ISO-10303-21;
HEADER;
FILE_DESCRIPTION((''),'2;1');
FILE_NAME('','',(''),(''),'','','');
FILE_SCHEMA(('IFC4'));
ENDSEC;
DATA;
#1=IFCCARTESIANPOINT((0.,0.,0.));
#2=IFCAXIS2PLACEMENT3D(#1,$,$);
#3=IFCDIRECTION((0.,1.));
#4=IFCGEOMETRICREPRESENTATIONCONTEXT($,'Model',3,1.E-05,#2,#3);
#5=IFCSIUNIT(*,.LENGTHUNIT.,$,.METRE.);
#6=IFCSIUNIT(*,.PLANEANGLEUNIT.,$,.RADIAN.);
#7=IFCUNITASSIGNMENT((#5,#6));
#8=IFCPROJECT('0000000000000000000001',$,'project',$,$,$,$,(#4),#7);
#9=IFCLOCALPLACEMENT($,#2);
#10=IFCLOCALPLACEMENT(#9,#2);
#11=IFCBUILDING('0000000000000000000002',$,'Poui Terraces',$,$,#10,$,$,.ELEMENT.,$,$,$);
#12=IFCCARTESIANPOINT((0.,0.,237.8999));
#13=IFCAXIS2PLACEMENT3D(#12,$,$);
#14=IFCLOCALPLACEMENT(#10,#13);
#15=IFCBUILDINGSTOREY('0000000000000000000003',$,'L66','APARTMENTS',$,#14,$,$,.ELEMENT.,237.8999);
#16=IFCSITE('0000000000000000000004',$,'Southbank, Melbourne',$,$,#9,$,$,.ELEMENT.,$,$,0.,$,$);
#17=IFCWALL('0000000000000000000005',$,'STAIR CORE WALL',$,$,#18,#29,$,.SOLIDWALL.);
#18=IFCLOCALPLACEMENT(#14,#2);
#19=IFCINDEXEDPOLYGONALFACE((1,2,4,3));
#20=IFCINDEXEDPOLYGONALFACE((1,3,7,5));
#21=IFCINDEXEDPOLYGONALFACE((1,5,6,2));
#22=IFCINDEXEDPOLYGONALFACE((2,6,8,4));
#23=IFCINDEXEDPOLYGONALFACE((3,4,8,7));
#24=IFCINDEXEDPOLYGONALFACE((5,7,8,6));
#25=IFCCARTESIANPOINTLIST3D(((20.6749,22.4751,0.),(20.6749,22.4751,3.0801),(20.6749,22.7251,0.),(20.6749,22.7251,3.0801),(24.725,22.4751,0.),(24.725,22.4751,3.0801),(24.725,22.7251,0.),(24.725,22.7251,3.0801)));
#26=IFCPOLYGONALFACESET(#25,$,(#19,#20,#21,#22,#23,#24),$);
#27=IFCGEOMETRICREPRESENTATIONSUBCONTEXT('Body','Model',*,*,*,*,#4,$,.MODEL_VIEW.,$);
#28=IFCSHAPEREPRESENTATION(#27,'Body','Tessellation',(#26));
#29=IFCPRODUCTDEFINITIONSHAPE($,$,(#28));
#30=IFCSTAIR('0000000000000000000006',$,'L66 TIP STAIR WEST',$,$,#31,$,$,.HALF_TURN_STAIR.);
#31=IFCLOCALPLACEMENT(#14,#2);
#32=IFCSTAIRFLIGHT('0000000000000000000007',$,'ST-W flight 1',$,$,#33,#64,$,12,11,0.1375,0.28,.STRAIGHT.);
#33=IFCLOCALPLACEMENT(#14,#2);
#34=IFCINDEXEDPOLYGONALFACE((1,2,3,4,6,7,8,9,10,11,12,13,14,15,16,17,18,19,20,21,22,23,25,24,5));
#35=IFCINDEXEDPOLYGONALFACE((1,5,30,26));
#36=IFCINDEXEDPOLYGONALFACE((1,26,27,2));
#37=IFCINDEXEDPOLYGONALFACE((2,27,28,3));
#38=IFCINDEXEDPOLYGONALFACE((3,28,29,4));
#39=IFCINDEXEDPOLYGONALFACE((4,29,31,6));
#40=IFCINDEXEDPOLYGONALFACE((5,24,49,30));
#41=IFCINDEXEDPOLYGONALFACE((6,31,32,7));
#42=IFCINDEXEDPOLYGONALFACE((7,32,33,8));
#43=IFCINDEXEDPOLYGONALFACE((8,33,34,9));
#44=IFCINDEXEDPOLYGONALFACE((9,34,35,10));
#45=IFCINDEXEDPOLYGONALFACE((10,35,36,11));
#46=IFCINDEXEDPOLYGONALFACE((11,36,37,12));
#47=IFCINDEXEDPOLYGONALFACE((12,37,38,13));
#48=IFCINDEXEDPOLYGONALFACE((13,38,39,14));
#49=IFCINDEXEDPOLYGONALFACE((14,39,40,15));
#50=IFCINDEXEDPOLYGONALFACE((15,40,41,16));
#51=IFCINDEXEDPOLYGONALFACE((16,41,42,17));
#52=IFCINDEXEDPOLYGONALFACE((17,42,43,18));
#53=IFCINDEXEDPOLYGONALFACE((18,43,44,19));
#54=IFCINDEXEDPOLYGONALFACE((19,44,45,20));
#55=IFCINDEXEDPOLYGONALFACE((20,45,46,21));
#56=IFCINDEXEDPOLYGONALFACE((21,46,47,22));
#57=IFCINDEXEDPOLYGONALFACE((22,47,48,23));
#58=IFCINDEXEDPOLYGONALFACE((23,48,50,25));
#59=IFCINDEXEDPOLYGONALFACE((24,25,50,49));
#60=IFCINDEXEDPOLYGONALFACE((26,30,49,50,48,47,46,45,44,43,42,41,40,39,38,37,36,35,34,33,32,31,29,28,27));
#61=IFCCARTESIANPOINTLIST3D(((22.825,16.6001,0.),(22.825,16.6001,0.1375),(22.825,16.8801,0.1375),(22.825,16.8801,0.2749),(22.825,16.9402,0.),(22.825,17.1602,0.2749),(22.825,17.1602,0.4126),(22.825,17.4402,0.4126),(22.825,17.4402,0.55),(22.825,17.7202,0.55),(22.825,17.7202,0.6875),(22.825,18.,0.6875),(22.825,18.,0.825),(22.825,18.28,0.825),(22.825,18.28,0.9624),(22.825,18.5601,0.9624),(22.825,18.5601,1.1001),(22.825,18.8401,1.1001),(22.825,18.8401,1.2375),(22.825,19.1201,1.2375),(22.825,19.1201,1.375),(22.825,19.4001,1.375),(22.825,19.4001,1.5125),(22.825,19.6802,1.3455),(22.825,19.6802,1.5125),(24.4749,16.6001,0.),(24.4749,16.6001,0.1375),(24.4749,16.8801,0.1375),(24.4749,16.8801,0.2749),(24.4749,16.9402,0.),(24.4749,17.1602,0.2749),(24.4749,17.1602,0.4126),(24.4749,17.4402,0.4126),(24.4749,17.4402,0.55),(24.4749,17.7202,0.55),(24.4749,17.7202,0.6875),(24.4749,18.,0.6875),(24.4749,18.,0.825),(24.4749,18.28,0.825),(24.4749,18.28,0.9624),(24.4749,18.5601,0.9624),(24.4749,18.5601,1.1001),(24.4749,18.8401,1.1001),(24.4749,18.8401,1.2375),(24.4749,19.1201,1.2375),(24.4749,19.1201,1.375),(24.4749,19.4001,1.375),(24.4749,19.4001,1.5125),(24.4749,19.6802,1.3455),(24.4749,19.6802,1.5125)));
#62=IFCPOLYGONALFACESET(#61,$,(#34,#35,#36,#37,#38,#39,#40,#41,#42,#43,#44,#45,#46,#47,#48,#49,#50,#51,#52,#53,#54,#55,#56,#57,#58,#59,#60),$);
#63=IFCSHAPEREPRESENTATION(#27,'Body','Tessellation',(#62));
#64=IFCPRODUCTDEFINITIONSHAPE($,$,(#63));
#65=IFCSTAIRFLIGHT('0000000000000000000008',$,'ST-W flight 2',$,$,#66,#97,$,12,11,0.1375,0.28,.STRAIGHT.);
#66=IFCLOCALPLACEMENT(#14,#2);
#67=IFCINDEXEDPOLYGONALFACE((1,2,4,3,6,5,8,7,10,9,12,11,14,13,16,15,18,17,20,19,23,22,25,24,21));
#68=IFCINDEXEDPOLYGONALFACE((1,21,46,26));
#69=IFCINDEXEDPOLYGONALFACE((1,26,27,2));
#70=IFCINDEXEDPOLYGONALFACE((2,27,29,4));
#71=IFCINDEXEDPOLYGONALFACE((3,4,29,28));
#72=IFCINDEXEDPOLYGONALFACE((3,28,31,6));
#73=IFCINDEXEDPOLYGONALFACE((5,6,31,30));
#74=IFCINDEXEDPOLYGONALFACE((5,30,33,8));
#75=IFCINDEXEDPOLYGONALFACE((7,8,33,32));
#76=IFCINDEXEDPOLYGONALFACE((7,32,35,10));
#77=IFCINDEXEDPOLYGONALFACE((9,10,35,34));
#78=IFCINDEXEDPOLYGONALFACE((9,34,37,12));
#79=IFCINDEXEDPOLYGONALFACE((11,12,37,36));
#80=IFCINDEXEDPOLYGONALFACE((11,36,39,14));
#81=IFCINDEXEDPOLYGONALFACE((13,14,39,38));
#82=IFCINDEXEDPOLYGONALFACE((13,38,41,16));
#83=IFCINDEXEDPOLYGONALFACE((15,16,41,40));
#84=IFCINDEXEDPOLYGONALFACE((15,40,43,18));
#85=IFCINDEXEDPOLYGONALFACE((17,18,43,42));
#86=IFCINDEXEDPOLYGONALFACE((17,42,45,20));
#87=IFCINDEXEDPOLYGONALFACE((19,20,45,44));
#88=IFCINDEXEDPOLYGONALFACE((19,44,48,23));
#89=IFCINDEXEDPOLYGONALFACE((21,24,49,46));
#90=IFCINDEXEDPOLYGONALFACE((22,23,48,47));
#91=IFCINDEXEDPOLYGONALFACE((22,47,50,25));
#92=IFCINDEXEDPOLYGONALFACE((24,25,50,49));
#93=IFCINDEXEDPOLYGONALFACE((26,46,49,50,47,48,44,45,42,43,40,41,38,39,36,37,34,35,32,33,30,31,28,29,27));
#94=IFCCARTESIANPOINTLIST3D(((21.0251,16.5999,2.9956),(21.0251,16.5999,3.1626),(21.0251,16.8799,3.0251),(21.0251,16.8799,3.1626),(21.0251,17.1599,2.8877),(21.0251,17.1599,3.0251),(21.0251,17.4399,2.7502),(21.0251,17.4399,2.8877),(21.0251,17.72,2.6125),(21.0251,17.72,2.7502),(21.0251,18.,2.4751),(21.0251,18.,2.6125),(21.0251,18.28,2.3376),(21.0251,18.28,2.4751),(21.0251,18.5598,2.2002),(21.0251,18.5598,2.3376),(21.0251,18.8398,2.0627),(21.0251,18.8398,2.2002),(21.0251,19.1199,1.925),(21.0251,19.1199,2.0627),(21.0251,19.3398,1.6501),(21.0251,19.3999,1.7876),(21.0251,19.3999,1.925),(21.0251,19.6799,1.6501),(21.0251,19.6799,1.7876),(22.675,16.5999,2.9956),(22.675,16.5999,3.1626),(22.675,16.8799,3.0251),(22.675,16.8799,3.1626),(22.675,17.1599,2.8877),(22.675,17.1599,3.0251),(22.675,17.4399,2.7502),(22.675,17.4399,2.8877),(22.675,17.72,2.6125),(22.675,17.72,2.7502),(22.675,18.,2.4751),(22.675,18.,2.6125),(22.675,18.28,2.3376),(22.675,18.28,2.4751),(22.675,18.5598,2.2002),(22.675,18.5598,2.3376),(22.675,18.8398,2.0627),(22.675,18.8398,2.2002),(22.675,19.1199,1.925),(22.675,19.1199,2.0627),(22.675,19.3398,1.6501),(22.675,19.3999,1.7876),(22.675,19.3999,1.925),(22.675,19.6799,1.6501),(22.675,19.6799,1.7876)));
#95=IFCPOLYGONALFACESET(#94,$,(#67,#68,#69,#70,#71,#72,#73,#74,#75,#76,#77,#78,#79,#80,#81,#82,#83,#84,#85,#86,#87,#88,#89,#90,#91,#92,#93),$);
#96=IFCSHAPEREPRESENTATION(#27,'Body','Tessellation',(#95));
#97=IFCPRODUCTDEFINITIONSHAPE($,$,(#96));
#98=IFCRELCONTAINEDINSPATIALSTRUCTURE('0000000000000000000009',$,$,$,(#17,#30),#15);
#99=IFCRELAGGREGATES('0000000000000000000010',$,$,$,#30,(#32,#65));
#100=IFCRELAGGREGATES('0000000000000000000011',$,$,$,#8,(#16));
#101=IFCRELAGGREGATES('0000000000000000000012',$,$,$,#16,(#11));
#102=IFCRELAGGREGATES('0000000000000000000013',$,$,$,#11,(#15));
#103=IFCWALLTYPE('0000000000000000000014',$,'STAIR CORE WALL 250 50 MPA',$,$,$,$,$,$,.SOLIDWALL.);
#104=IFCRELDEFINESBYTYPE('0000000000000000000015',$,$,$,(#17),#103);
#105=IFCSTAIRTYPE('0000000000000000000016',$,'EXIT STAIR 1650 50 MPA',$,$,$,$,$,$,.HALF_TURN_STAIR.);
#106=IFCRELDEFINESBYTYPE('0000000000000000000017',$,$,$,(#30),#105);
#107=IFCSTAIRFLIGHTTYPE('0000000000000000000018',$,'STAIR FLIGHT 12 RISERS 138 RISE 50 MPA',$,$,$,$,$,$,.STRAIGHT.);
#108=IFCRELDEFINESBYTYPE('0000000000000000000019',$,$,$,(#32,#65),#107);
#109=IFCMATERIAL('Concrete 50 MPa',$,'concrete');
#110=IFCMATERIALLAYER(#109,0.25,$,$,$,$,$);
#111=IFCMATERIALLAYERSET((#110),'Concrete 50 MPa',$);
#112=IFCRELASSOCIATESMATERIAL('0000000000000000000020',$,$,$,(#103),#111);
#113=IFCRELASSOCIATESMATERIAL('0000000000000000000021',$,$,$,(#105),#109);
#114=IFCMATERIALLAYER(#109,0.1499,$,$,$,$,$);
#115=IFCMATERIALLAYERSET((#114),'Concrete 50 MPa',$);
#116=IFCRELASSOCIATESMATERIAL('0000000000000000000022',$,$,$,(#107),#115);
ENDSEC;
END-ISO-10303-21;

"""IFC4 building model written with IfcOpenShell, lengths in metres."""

from ifc_helpers import new_model, si_unit, direction, frame, frame_2d, origin, place, context, subcontext, project, spatial, polyline, rectangle, outline, extrude, material, layer, layer_set, type_object, element, aggregate, save


model = new_model("IFC4")

# Units and contexts
model_context = context("Model", 3, precision=1e-05, world=origin(), true_north=direction((0.0, 1.0)))
body_context = subcontext(model_context, "Body", "Model", "MODEL_VIEW")
ifc_project = project(units=[si_unit("LENGTHUNIT", "METRE"), si_unit("PLANEANGLEUNIT", "RADIAN")], contexts=[model_context])

# Site, building, storey
site_placement = place(None, origin())
site = spatial("IfcSite", under=ifc_project, at=site_placement, Name="Southbank, Melbourne", CompositionType="ELEMENT", RefElevation=0.0)
building_placement = place(site_placement, origin())
building = spatial("IfcBuilding", under=site, at=building_placement, Name="Poui Terraces", CompositionType="ELEMENT")
storey_placement = place(building_placement, frame((0.0, 0.0, 237.8999)))
storey = spatial("IfcBuildingStorey", under=building, at=storey_placement, Name="L66", Description="APARTMENTS", CompositionType="ELEMENT", Elevation=237.8999)

# Wall
ifc_material_1 = material(Name="Concrete 50 MPa", Category="concrete")
ifc_layer_1 = layer(ifc_material_1, 0.25)
ifc_layer_set_1 = layer_set([ifc_layer_1], Name="Concrete 50 MPa")
wall_type = type_object("IfcWallType", Name="STAIR CORE WALL 250 50 MPA", PredefinedType="SOLIDWALL", material=ifc_layer_set_1)
wall_placement = place(storey_placement, frame((20.675, 22.6001, 0.0), z_axis=(0.0, 0.0, 1.0), x_axis=(1.0, 0.0, 0.0)))
element("IfcWall", 1, at=wall_placement, inside=storey, type_object=wall_type, Name="STAIR CORE WALL", PredefinedType="SOLIDWALL", context=body_context, shape_type="SweptSolid", body=[
    extrude(rectangle(XDim=4.05, YDim=0.25, at=frame_2d((2.0249, 0.0))), origin(), (0.0, 0.0, 1.0), 3.0801),
])

# Stair, stair flights
stair_type = type_object("IfcStairType", Name="EXIT STAIR 1650 50 MPA", PredefinedType="HALF_TURN_STAIR", material=ifc_material_1)
stair_placement = place(storey_placement, origin())
stair = element("IfcStair", 2, at=stair_placement, inside=storey, type_object=stair_type, Name="L66 TIP STAIR WEST", PredefinedType="HALF_TURN_STAIR")
ifc_layer_2 = layer(ifc_material_1, 0.1499)
ifc_layer_set_2 = layer_set([ifc_layer_2], Name="Concrete 50 MPa")
stair_flight_type = type_object("IfcStairFlightType", Name="STAIR FLIGHT 12 RISERS 138 RISE 50 MPA", PredefinedType="STRAIGHT", material=ifc_layer_set_2)
stair_flight_1_placement = place(storey_placement, frame((23.6499, 16.6001, 0.0), z_axis=(0.0, 0.0, 1.0), x_axis=(0.0, 1.0, 0.0)))
stair_flight_1 = element("IfcStairFlight", 3, at=stair_flight_1_placement, type_object=stair_flight_type, Name="ST-W flight 1", NumberOfRisers=12, NumberOfTreads=11, PredefinedType="STRAIGHT", RiserHeight=0.1375, TreadLength=0.28, context=body_context, shape_type="SweptSolid", body=[
    extrude(outline(polyline([(0.0, 0.0), (0.0, 0.1375), (0.28, 0.1375), (0.28, 0.2749), (0.5601, 0.2749), (0.5601, 0.4126), (0.8401, 0.4126), (0.8401, 0.55), (1.1201, 0.55), (1.1201, 0.6875), (1.3999, 0.6875), (1.3999, 0.825), (1.6799, 0.825), (1.6799, 0.9624), (1.96, 0.9624), (1.96, 1.1001), (2.24, 1.1001), (2.24, 1.2375), (2.52, 1.2375), (2.52, 1.375), (2.8, 1.375), (2.8, 1.5125), (3.0801, 1.5125), (3.0801, 1.6499), (3.0801, 1.3455), (0.3401, 0.0), (0.0, 0.0)])), frame((0.0, 0.825, 0.0), z_axis=(0.0, -1.0, 0.0), x_axis=(1.0, 0.0, 0.0)), (0.0, 0.0, 1.0), 1.6499),
])
stair_flight_2_placement = place(storey_placement, frame((21.8501, 19.6799, 1.6501), z_axis=(0.0, 0.0, 1.0), x_axis=(0.0, -1.0, 0.0)))
stair_flight_2 = element("IfcStairFlight", 4, at=stair_flight_2_placement, type_object=stair_flight_type, Name="ST-W flight 2", NumberOfRisers=12, NumberOfTreads=11, PredefinedType="STRAIGHT", RiserHeight=0.1375, TreadLength=0.28, context=body_context, shape_type="SweptSolid", body=[
    extrude(outline(polyline([(0.0, 0.0), (0.0, 0.1375), (0.28, 0.1375), (0.28, 0.2749), (0.5601, 0.2749), (0.5601, 0.4126), (0.8401, 0.4126), (0.8401, 0.55), (1.1201, 0.55), (1.1201, 0.6875), (1.3999, 0.6875), (1.3999, 0.825), (1.6799, 0.825), (1.6799, 0.9624), (1.96, 0.9624), (1.96, 1.1001), (2.24, 1.1001), (2.24, 1.2375), (2.52, 1.2375), (2.52, 1.375), (2.8, 1.375), (2.8, 1.5125), (3.0801, 1.5125), (3.0801, 1.6499), (3.0801, 1.3455), (0.3401, 0.0), (0.0, 0.0)])), frame((0.0, 0.825, 0.0), z_axis=(0.0, -1.0, 0.0), x_axis=(1.0, 0.0, 0.0)), (0.0, 0.0, 1.0), 1.6499),
])
aggregate(stair, [stair_flight_1, stair_flight_2])

save(model, "model.ifc")
